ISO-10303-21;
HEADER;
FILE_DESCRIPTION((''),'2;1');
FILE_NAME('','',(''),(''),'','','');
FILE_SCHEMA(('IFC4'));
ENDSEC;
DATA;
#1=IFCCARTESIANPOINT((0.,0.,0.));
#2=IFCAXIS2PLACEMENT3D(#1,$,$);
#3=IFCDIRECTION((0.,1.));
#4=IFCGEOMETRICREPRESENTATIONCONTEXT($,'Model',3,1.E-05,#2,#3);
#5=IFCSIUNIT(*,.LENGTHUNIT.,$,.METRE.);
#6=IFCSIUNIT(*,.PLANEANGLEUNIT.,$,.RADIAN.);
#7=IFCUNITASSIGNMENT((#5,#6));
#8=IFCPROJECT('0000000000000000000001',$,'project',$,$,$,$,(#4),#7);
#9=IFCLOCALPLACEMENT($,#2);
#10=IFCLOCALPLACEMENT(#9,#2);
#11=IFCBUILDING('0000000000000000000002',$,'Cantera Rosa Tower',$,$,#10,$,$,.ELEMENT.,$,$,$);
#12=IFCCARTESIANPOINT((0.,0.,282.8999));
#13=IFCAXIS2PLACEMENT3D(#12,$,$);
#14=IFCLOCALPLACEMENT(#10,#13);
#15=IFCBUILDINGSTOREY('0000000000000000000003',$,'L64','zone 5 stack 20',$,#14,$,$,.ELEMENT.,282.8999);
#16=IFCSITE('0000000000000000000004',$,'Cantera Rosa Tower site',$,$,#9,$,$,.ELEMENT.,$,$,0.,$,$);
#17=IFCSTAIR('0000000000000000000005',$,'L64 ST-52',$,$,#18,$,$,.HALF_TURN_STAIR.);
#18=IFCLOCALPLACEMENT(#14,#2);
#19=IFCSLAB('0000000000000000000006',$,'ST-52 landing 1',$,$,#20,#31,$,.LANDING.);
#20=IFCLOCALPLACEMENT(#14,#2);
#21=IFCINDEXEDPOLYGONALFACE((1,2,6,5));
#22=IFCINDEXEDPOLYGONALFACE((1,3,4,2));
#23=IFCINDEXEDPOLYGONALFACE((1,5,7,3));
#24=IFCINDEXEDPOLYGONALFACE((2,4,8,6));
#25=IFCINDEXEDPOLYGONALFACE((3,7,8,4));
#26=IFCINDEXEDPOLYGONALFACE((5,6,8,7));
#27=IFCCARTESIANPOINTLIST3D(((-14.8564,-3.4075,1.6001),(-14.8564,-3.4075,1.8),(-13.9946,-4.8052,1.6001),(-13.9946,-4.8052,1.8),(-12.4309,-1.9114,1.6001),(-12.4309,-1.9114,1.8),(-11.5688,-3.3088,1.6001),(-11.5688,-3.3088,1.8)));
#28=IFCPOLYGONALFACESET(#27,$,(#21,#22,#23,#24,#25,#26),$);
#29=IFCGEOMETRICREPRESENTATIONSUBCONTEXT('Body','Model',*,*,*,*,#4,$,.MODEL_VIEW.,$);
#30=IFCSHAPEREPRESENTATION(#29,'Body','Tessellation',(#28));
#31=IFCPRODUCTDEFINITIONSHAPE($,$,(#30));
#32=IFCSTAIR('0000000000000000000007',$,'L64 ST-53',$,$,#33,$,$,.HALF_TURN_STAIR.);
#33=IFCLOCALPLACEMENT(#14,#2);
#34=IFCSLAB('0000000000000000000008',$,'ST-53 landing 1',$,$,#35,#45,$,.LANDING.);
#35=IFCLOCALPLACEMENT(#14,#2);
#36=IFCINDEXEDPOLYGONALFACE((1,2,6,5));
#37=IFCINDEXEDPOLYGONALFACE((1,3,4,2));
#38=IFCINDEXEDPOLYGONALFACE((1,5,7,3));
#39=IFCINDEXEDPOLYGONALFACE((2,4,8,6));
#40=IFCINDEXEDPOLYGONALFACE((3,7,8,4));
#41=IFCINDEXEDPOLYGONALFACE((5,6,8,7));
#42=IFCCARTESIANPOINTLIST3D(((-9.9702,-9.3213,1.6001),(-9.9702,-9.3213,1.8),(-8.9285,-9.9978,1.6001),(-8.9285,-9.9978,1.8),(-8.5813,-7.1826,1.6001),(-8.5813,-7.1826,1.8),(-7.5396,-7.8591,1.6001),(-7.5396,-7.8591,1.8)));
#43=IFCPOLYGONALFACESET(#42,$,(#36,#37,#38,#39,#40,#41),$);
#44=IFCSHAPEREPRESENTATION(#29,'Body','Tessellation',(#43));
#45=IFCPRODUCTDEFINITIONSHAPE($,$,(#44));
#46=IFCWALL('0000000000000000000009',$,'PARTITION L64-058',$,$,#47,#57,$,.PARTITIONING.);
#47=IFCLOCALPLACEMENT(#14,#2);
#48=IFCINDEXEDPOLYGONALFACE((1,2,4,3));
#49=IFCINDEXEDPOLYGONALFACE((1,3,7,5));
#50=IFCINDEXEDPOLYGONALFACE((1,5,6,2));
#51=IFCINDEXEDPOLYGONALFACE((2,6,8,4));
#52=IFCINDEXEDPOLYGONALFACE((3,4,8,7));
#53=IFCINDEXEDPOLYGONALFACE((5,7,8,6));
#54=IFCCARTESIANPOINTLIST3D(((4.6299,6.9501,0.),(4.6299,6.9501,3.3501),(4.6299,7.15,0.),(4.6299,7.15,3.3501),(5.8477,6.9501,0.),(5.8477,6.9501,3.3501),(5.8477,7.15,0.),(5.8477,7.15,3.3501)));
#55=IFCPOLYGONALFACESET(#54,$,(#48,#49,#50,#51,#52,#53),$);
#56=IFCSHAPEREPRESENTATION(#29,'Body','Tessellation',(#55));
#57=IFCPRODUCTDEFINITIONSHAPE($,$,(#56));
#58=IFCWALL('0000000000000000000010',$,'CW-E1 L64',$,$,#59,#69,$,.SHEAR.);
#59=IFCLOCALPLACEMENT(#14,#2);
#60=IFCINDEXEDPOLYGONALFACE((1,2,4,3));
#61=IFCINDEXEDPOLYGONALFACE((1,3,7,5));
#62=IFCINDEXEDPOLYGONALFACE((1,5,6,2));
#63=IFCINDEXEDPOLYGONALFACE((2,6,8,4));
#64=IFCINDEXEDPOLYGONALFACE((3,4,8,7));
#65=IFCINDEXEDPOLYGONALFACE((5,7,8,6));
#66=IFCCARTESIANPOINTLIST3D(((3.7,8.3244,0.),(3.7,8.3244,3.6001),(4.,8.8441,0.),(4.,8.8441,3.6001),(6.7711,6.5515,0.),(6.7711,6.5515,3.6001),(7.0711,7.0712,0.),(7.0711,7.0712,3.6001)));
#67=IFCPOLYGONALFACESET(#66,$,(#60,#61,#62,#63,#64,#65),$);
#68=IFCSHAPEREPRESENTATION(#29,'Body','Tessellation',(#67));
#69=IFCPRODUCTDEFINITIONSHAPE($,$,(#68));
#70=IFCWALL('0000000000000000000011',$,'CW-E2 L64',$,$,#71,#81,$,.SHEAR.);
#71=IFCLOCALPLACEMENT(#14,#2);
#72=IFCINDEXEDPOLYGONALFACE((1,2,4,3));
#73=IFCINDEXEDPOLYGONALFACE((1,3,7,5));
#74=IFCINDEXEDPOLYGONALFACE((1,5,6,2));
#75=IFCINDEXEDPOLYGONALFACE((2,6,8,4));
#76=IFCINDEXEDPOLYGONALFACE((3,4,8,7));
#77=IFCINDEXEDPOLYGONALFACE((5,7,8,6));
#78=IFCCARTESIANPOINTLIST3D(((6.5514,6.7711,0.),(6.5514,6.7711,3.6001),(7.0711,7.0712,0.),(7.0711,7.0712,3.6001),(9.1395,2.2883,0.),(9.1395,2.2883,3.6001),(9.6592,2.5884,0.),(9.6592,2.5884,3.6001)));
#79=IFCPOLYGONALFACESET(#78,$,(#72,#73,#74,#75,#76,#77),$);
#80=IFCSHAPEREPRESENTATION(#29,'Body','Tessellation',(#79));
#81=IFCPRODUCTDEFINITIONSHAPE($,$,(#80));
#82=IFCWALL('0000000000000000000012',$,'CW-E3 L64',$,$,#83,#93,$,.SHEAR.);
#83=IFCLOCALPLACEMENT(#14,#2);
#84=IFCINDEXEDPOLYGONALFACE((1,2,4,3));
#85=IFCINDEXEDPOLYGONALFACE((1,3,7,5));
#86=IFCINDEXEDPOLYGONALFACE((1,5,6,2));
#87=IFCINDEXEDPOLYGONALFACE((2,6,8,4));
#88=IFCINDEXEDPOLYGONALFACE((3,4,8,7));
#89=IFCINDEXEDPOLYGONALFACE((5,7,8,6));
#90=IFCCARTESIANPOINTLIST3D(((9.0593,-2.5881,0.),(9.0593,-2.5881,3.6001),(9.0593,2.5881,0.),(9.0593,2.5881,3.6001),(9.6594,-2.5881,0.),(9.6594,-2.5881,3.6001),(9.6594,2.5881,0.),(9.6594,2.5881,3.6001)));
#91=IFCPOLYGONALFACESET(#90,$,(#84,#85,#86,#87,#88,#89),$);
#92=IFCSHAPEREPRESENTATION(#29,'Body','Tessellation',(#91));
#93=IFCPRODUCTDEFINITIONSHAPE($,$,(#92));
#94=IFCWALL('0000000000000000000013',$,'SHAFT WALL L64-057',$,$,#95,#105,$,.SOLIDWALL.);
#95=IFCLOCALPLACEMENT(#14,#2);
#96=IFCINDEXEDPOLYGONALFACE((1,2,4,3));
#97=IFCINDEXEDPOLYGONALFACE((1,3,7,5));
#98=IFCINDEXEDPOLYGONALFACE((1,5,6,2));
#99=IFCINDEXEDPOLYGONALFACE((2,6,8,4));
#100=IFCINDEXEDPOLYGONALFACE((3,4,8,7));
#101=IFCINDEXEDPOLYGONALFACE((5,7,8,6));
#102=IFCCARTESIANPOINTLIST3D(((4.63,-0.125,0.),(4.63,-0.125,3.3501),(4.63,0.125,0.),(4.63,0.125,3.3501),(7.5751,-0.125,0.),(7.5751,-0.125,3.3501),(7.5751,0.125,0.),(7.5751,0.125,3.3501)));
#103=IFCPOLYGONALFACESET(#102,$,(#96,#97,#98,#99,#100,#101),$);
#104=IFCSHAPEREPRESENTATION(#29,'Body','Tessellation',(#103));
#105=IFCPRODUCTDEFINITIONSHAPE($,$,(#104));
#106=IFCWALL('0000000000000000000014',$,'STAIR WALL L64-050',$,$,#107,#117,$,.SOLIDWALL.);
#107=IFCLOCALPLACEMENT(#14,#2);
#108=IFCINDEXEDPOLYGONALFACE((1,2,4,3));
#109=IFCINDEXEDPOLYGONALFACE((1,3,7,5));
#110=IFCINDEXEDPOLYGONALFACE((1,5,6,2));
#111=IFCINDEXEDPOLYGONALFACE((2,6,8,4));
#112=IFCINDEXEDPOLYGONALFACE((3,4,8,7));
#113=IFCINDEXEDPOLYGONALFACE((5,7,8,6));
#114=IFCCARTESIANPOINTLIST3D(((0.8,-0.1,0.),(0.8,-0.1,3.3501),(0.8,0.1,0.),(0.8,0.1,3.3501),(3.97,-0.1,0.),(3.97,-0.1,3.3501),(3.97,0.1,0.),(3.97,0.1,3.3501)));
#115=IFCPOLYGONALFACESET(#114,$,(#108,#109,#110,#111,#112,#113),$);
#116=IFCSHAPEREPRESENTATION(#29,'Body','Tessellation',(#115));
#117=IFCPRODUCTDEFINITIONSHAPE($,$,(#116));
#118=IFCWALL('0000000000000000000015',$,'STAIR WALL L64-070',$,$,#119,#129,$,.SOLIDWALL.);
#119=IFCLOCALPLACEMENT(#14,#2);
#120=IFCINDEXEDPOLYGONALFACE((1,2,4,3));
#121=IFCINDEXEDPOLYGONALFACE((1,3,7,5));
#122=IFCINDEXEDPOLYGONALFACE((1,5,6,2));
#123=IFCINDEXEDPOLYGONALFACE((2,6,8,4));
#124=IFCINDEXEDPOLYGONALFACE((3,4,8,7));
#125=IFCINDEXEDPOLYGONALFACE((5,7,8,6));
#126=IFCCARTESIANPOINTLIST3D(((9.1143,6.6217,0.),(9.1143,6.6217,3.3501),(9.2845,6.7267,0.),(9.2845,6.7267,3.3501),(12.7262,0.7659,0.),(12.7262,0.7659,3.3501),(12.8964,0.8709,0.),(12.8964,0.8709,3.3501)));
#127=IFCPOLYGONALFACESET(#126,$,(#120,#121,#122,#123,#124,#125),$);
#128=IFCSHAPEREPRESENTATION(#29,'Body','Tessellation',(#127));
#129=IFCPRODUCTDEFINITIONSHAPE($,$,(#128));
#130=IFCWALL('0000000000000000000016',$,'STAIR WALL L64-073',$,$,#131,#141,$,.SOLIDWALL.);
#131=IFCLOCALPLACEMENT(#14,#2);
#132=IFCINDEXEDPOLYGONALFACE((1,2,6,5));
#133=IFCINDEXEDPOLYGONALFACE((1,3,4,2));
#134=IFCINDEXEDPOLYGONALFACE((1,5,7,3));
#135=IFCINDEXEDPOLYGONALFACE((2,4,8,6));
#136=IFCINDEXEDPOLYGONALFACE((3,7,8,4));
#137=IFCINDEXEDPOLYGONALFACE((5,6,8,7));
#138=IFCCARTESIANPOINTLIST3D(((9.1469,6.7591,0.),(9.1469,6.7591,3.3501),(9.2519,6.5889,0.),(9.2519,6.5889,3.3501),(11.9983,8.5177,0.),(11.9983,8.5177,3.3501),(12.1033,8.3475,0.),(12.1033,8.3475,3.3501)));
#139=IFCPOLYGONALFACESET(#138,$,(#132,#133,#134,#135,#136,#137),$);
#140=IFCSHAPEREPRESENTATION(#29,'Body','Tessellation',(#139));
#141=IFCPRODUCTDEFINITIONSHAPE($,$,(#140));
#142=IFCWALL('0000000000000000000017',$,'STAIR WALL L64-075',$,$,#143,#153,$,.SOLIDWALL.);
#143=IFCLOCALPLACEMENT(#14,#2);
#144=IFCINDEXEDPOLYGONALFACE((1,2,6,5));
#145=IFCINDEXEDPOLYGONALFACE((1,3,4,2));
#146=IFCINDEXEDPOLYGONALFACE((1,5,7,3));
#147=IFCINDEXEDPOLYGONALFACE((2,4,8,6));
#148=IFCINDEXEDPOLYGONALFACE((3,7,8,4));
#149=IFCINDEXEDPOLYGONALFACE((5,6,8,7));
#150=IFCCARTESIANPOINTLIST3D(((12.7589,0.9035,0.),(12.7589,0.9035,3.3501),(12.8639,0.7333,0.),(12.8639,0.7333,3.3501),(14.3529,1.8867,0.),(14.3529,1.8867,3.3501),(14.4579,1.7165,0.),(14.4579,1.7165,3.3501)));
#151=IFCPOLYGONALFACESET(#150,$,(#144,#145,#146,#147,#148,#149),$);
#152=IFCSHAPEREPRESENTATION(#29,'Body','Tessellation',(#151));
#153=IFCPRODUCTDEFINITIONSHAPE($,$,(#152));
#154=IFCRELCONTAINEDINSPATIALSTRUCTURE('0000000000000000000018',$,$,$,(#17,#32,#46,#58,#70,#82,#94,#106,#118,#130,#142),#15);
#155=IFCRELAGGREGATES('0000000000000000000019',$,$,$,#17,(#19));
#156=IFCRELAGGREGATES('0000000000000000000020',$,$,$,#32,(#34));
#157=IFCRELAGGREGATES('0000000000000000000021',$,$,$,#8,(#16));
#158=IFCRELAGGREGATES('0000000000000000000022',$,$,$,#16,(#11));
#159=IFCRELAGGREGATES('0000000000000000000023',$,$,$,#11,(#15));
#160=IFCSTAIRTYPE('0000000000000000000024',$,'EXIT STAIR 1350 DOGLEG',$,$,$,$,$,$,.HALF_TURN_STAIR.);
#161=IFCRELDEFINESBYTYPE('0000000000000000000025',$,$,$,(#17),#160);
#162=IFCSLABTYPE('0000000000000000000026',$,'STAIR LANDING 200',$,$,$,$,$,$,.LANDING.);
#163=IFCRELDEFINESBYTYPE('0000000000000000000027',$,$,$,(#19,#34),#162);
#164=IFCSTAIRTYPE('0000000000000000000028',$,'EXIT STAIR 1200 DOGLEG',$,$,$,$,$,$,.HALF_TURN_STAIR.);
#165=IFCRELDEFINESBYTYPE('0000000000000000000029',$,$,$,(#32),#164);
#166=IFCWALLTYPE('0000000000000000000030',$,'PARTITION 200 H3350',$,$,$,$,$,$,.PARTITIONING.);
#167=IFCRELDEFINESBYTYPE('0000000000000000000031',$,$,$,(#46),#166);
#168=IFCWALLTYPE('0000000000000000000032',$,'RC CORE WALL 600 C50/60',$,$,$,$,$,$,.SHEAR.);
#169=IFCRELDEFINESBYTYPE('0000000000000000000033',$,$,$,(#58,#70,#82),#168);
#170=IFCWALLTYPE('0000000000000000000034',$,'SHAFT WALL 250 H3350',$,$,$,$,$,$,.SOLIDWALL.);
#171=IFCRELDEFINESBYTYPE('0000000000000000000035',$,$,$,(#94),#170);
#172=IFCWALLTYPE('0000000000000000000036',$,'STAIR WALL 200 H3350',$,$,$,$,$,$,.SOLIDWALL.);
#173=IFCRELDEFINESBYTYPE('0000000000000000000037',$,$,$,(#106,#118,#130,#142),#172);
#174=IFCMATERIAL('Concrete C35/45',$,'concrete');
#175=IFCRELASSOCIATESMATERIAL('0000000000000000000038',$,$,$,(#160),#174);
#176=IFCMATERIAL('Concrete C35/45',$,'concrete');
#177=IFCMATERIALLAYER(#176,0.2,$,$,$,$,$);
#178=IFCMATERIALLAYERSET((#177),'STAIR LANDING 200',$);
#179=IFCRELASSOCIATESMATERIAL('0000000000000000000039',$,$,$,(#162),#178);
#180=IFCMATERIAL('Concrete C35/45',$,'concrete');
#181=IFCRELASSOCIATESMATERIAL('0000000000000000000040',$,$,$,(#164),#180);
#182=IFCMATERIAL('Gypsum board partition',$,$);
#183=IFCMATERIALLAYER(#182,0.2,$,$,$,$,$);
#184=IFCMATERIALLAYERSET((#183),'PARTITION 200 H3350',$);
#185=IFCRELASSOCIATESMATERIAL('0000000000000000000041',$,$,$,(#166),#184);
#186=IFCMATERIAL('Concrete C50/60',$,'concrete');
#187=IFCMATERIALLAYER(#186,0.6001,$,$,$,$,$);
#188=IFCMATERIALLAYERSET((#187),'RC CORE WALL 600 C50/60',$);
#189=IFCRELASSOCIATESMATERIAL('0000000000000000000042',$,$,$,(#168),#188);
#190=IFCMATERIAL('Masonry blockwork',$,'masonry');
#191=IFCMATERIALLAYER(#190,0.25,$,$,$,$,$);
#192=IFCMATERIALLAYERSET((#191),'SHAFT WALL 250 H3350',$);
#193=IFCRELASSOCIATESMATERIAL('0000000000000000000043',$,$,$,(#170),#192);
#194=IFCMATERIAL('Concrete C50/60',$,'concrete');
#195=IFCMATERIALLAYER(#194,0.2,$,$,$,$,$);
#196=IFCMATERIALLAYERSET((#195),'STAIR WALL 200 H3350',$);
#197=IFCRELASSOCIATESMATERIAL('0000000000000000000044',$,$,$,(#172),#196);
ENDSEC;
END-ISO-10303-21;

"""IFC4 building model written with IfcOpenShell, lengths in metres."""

from ifc_helpers import new_model, si_unit, direction, frame, frame_2d, origin, place, context, subcontext, project, spatial, polyline, rectangle, outline, extrude, material, layer, layer_set, type_object, element, aggregate, save


model = new_model("IFC4")

# Units and contexts
model_context = context("Model", 3, precision=1e-05, world=origin(), true_north=direction((0.0, 1.0)))
body_context = subcontext(model_context, "Body", "Model", "MODEL_VIEW")
ifc_project = project(units=[si_unit("LENGTHUNIT", "METRE"), si_unit("PLANEANGLEUNIT", "RADIAN")], contexts=[model_context])

# Site, building, storey
site_placement = place(None, origin())
site = spatial("IfcSite", under=ifc_project, at=site_placement, Name="Cantera Rosa Tower site", CompositionType="ELEMENT", RefElevation=0.0)
building_placement = place(site_placement, origin())
building = spatial("IfcBuilding", under=site, at=building_placement, Name="Cantera Rosa Tower", CompositionType="ELEMENT")
storey_placement = place(building_placement, frame((0.0, 0.0, 282.8999)))
storey = spatial("IfcBuildingStorey", under=building, at=storey_placement, Name="L64", Description="zone 5 stack 20", CompositionType="ELEMENT", Elevation=282.8999)

# Stairs, slabs
ifc_material_1 = material(Name="Concrete C35/45", Category="concrete")
stair_type_1 = type_object("IfcStairType", Name="EXIT STAIR 1350 DOGLEG", PredefinedType="HALF_TURN_STAIR", material=ifc_material_1)
stair_1_placement = place(storey_placement, origin())
stair_1 = element("IfcStair", 1, at=stair_1_placement, inside=storey, type_object=stair_type_1, Name="L64 ST-52", PredefinedType="HALF_TURN_STAIR")
ifc_material_2 = material(Name="Concrete C35/45", Category="concrete")
ifc_layer_1 = layer(ifc_material_2, 0.2)
ifc_layer_set_1 = layer_set([ifc_layer_1], Name="STAIR LANDING 200")
slab_type = type_object("IfcSlabType", Name="STAIR LANDING 200", PredefinedType="LANDING", material=ifc_layer_set_1)
slab_1_placement = place(storey_placement, frame((0.0, 0.0, 1.6001)))
slab_1 = element("IfcSlab", 2, at=slab_1_placement, type_object=slab_type, Name="ST-52 landing 1", PredefinedType="LANDING", context=body_context, shape_type="SweptSolid", body=[
    extrude(outline(polyline([(-11.5688, -3.3088), (-12.4309, -1.9114), (-14.8564, -3.4075), (-13.9946, -4.8052), (-11.5688, -3.3088)])), origin(), (0.0, 0.0, 1.0), 0.2),
])
aggregate(stair_1, [slab_1])
ifc_material_3 = material(Name="Concrete C35/45", Category="concrete")
stair_type_2 = type_object("IfcStairType", Name="EXIT STAIR 1200 DOGLEG", PredefinedType="HALF_TURN_STAIR", material=ifc_material_3)
stair_2_placement = place(storey_placement, origin())
stair_2 = element("IfcStair", 3, at=stair_2_placement, inside=storey, type_object=stair_type_2, Name="L64 ST-53", PredefinedType="HALF_TURN_STAIR")
slab_2_placement = place(storey_placement, frame((0.0, 0.0, 1.6001)))
slab_2 = element("IfcSlab", 4, at=slab_2_placement, type_object=slab_type, Name="ST-53 landing 1", PredefinedType="LANDING", context=body_context, shape_type="SweptSolid", body=[
    extrude(outline(polyline([(-7.5396, -7.8591), (-8.5813, -7.1826), (-9.9702, -9.3213), (-8.9285, -9.9978), (-7.5396, -7.8591)])), origin(), (0.0, 0.0, 1.0), 0.2),
])
aggregate(stair_2, [slab_2])

# Walls
ifc_material_4 = material(Name="Gypsum board partition")
ifc_layer_2 = layer(ifc_material_4, 0.2)
ifc_layer_set_2 = layer_set([ifc_layer_2], Name="PARTITION 200 H3350")
wall_type_1 = type_object("IfcWallType", Name="PARTITION 200 H3350", PredefinedType="PARTITIONING", material=ifc_layer_set_2)
wall_1_placement = place(storey_placement, frame((4.6299, 7.05, 0.0), z_axis=(0.0, 0.0, 1.0), x_axis=(1.0, 0.0, 0.0)))
element("IfcWall", 5, at=wall_1_placement, inside=storey, type_object=wall_type_1, Name="PARTITION L64-058", PredefinedType="PARTITIONING", context=body_context, shape_type="SweptSolid", body=[
    extrude(rectangle(XDim=1.2178, YDim=0.2, at=frame_2d((0.6089, 0.0))), origin(), (0.0, 0.0, 1.0), 3.3501),
])
ifc_material_5 = material(Name="Concrete C50/60", Category="concrete")
ifc_layer_3 = layer(ifc_material_5, 0.6001)
ifc_layer_set_3 = layer_set([ifc_layer_3], Name="RC CORE WALL 600 C50/60")
wall_type_2 = type_object("IfcWallType", Name="RC CORE WALL 600 C50/60", PredefinedType="SHEAR", material=ifc_layer_set_3)
wall_2_placement = place(storey_placement, frame((3.8501, 8.5842, 0.0), z_axis=(0.0, 0.0, 1.0), x_axis=(0.86604, -0.499975, 0.0)))
element("IfcWall", 6, at=wall_2_placement, inside=storey, type_object=wall_type_2, Name="CW-E1 L64", PredefinedType="SHEAR", context=body_context, shape_type="SweptSolid", body=[
    extrude(rectangle(XDim=3.5461, YDim=0.6001, at=frame_2d((1.7729, 0.0))), origin(), (0.0, 0.0, 1.0), 3.6001),
])
for number, where, z_axis, x_axis, name in (
    (7, (6.8113, 6.9211, 0.0), (0.0, 0.0, 1.0), (0.499989, -0.866032, 0.0), "CW-E2 L64"),
    (8, (9.3594, 2.5881, 0.0), (0.0, 0.0, 1.0), (0.0, -1.0, 0.0), "CW-E3 L64"),
):
    element("IfcWall", number, at=place(storey_placement, frame(where, z_axis=z_axis, x_axis=x_axis)), inside=storey, type_object=wall_type_2, Name=name, PredefinedType="SHEAR", context=body_context, shape_type="SweptSolid", body=[
        extrude(rectangle(XDim=5.1763, YDim=0.6001, at=frame_2d((2.5881, 0.0))), origin(), (0.0, 0.0, 1.0), 3.6001),
    ])
ifc_material_6 = material(Name="Masonry blockwork", Category="masonry")
ifc_layer_4 = layer(ifc_material_6, 0.25)
ifc_layer_set_4 = layer_set([ifc_layer_4], Name="SHAFT WALL 250 H3350")
wall_type_3 = type_object("IfcWallType", Name="SHAFT WALL 250 H3350", PredefinedType="SOLIDWALL", material=ifc_layer_set_4)
wall_3_placement = place(storey_placement, frame((4.6299, 0.0, 0.0), z_axis=(0.0, 0.0, 1.0), x_axis=(1.0, 0.0, 0.0)))
element("IfcWall", 9, at=wall_3_placement, inside=storey, type_object=wall_type_3, Name="SHAFT WALL L64-057", PredefinedType="SOLIDWALL", context=body_context, shape_type="SweptSolid", body=[
    extrude(rectangle(XDim=2.9451, YDim=0.25, at=frame_2d((1.4727, 0.0))), origin(), (0.0, 0.0, 1.0), 3.3501),
])
ifc_material_7 = material(Name="Concrete C50/60", Category="concrete")
ifc_layer_5 = layer(ifc_material_7, 0.2)
ifc_layer_set_5 = layer_set([ifc_layer_5], Name="STAIR WALL 200 H3350")
wall_type_4 = type_object("IfcWallType", Name="STAIR WALL 200 H3350", PredefinedType="SOLIDWALL", material=ifc_layer_set_5)
wall_4_placement = place(storey_placement, frame((0.8, 0.0, 0.0), z_axis=(0.0, 0.0, 1.0), x_axis=(1.0, 0.0, 0.0)))
element("IfcWall", 10, at=wall_4_placement, inside=storey, type_object=wall_type_4, Name="STAIR WALL L64-050", PredefinedType="SOLIDWALL", context=body_context, shape_type="SweptSolid", body=[
    extrude(rectangle(XDim=3.1699, YDim=0.2, at=frame_2d((1.585, 0.0))), origin(), (0.0, 0.0, 1.0), 3.3501),
])
wall_5_placement = place(storey_placement, frame((9.1995, 6.6741, 0.0), z_axis=(0.0, 0.0, 1.0), x_axis=(0.524972, -0.851119, 0.0)))
element("IfcWall", 11, at=wall_5_placement, inside=storey, type_object=wall_type_4, Name="STAIR WALL L64-070", PredefinedType="SOLIDWALL", context=body_context, shape_type="SweptSolid", body=[
    extrude(rectangle(XDim=6.8801, YDim=0.2, at=frame_2d((3.4399, 0.0))), origin(), (0.0, 0.0, 1.0), 3.3501),
])
wall_6_placement = place(storey_placement, frame((12.0508, 8.4326, 0.0), z_axis=(0.0, 0.0, 1.0), x_axis=(-0.85114, -0.524939, 0.0)))
element("IfcWall", 12, at=wall_6_placement, inside=storey, type_object=wall_type_4, Name="STAIR WALL L64-073", PredefinedType="SOLIDWALL", context=body_context, shape_type="SweptSolid", body=[
    extrude(rectangle(XDim=3.3501, YDim=0.2, at=frame_2d((1.675, 0.0))), origin(), (0.0, 0.0, 1.0), 3.3501),
])
wall_7_placement = place(storey_placement, frame((12.8113, 0.8184, 0.0), z_axis=(0.0, 0.0, 1.0), x_axis=(0.851125, 0.524963, 0.0)))
element("IfcWall", 13, at=wall_7_placement, inside=storey, type_object=wall_type_4, Name="STAIR WALL L64-075", PredefinedType="SOLIDWALL", context=body_context, shape_type="SweptSolid", body=[
    extrude(rectangle(XDim=1.8728, YDim=0.2, at=frame_2d((0.9365, 0.0))), origin(), (0.0, 0.0, 1.0), 3.3501),
])

save(model, "model.ifc")
